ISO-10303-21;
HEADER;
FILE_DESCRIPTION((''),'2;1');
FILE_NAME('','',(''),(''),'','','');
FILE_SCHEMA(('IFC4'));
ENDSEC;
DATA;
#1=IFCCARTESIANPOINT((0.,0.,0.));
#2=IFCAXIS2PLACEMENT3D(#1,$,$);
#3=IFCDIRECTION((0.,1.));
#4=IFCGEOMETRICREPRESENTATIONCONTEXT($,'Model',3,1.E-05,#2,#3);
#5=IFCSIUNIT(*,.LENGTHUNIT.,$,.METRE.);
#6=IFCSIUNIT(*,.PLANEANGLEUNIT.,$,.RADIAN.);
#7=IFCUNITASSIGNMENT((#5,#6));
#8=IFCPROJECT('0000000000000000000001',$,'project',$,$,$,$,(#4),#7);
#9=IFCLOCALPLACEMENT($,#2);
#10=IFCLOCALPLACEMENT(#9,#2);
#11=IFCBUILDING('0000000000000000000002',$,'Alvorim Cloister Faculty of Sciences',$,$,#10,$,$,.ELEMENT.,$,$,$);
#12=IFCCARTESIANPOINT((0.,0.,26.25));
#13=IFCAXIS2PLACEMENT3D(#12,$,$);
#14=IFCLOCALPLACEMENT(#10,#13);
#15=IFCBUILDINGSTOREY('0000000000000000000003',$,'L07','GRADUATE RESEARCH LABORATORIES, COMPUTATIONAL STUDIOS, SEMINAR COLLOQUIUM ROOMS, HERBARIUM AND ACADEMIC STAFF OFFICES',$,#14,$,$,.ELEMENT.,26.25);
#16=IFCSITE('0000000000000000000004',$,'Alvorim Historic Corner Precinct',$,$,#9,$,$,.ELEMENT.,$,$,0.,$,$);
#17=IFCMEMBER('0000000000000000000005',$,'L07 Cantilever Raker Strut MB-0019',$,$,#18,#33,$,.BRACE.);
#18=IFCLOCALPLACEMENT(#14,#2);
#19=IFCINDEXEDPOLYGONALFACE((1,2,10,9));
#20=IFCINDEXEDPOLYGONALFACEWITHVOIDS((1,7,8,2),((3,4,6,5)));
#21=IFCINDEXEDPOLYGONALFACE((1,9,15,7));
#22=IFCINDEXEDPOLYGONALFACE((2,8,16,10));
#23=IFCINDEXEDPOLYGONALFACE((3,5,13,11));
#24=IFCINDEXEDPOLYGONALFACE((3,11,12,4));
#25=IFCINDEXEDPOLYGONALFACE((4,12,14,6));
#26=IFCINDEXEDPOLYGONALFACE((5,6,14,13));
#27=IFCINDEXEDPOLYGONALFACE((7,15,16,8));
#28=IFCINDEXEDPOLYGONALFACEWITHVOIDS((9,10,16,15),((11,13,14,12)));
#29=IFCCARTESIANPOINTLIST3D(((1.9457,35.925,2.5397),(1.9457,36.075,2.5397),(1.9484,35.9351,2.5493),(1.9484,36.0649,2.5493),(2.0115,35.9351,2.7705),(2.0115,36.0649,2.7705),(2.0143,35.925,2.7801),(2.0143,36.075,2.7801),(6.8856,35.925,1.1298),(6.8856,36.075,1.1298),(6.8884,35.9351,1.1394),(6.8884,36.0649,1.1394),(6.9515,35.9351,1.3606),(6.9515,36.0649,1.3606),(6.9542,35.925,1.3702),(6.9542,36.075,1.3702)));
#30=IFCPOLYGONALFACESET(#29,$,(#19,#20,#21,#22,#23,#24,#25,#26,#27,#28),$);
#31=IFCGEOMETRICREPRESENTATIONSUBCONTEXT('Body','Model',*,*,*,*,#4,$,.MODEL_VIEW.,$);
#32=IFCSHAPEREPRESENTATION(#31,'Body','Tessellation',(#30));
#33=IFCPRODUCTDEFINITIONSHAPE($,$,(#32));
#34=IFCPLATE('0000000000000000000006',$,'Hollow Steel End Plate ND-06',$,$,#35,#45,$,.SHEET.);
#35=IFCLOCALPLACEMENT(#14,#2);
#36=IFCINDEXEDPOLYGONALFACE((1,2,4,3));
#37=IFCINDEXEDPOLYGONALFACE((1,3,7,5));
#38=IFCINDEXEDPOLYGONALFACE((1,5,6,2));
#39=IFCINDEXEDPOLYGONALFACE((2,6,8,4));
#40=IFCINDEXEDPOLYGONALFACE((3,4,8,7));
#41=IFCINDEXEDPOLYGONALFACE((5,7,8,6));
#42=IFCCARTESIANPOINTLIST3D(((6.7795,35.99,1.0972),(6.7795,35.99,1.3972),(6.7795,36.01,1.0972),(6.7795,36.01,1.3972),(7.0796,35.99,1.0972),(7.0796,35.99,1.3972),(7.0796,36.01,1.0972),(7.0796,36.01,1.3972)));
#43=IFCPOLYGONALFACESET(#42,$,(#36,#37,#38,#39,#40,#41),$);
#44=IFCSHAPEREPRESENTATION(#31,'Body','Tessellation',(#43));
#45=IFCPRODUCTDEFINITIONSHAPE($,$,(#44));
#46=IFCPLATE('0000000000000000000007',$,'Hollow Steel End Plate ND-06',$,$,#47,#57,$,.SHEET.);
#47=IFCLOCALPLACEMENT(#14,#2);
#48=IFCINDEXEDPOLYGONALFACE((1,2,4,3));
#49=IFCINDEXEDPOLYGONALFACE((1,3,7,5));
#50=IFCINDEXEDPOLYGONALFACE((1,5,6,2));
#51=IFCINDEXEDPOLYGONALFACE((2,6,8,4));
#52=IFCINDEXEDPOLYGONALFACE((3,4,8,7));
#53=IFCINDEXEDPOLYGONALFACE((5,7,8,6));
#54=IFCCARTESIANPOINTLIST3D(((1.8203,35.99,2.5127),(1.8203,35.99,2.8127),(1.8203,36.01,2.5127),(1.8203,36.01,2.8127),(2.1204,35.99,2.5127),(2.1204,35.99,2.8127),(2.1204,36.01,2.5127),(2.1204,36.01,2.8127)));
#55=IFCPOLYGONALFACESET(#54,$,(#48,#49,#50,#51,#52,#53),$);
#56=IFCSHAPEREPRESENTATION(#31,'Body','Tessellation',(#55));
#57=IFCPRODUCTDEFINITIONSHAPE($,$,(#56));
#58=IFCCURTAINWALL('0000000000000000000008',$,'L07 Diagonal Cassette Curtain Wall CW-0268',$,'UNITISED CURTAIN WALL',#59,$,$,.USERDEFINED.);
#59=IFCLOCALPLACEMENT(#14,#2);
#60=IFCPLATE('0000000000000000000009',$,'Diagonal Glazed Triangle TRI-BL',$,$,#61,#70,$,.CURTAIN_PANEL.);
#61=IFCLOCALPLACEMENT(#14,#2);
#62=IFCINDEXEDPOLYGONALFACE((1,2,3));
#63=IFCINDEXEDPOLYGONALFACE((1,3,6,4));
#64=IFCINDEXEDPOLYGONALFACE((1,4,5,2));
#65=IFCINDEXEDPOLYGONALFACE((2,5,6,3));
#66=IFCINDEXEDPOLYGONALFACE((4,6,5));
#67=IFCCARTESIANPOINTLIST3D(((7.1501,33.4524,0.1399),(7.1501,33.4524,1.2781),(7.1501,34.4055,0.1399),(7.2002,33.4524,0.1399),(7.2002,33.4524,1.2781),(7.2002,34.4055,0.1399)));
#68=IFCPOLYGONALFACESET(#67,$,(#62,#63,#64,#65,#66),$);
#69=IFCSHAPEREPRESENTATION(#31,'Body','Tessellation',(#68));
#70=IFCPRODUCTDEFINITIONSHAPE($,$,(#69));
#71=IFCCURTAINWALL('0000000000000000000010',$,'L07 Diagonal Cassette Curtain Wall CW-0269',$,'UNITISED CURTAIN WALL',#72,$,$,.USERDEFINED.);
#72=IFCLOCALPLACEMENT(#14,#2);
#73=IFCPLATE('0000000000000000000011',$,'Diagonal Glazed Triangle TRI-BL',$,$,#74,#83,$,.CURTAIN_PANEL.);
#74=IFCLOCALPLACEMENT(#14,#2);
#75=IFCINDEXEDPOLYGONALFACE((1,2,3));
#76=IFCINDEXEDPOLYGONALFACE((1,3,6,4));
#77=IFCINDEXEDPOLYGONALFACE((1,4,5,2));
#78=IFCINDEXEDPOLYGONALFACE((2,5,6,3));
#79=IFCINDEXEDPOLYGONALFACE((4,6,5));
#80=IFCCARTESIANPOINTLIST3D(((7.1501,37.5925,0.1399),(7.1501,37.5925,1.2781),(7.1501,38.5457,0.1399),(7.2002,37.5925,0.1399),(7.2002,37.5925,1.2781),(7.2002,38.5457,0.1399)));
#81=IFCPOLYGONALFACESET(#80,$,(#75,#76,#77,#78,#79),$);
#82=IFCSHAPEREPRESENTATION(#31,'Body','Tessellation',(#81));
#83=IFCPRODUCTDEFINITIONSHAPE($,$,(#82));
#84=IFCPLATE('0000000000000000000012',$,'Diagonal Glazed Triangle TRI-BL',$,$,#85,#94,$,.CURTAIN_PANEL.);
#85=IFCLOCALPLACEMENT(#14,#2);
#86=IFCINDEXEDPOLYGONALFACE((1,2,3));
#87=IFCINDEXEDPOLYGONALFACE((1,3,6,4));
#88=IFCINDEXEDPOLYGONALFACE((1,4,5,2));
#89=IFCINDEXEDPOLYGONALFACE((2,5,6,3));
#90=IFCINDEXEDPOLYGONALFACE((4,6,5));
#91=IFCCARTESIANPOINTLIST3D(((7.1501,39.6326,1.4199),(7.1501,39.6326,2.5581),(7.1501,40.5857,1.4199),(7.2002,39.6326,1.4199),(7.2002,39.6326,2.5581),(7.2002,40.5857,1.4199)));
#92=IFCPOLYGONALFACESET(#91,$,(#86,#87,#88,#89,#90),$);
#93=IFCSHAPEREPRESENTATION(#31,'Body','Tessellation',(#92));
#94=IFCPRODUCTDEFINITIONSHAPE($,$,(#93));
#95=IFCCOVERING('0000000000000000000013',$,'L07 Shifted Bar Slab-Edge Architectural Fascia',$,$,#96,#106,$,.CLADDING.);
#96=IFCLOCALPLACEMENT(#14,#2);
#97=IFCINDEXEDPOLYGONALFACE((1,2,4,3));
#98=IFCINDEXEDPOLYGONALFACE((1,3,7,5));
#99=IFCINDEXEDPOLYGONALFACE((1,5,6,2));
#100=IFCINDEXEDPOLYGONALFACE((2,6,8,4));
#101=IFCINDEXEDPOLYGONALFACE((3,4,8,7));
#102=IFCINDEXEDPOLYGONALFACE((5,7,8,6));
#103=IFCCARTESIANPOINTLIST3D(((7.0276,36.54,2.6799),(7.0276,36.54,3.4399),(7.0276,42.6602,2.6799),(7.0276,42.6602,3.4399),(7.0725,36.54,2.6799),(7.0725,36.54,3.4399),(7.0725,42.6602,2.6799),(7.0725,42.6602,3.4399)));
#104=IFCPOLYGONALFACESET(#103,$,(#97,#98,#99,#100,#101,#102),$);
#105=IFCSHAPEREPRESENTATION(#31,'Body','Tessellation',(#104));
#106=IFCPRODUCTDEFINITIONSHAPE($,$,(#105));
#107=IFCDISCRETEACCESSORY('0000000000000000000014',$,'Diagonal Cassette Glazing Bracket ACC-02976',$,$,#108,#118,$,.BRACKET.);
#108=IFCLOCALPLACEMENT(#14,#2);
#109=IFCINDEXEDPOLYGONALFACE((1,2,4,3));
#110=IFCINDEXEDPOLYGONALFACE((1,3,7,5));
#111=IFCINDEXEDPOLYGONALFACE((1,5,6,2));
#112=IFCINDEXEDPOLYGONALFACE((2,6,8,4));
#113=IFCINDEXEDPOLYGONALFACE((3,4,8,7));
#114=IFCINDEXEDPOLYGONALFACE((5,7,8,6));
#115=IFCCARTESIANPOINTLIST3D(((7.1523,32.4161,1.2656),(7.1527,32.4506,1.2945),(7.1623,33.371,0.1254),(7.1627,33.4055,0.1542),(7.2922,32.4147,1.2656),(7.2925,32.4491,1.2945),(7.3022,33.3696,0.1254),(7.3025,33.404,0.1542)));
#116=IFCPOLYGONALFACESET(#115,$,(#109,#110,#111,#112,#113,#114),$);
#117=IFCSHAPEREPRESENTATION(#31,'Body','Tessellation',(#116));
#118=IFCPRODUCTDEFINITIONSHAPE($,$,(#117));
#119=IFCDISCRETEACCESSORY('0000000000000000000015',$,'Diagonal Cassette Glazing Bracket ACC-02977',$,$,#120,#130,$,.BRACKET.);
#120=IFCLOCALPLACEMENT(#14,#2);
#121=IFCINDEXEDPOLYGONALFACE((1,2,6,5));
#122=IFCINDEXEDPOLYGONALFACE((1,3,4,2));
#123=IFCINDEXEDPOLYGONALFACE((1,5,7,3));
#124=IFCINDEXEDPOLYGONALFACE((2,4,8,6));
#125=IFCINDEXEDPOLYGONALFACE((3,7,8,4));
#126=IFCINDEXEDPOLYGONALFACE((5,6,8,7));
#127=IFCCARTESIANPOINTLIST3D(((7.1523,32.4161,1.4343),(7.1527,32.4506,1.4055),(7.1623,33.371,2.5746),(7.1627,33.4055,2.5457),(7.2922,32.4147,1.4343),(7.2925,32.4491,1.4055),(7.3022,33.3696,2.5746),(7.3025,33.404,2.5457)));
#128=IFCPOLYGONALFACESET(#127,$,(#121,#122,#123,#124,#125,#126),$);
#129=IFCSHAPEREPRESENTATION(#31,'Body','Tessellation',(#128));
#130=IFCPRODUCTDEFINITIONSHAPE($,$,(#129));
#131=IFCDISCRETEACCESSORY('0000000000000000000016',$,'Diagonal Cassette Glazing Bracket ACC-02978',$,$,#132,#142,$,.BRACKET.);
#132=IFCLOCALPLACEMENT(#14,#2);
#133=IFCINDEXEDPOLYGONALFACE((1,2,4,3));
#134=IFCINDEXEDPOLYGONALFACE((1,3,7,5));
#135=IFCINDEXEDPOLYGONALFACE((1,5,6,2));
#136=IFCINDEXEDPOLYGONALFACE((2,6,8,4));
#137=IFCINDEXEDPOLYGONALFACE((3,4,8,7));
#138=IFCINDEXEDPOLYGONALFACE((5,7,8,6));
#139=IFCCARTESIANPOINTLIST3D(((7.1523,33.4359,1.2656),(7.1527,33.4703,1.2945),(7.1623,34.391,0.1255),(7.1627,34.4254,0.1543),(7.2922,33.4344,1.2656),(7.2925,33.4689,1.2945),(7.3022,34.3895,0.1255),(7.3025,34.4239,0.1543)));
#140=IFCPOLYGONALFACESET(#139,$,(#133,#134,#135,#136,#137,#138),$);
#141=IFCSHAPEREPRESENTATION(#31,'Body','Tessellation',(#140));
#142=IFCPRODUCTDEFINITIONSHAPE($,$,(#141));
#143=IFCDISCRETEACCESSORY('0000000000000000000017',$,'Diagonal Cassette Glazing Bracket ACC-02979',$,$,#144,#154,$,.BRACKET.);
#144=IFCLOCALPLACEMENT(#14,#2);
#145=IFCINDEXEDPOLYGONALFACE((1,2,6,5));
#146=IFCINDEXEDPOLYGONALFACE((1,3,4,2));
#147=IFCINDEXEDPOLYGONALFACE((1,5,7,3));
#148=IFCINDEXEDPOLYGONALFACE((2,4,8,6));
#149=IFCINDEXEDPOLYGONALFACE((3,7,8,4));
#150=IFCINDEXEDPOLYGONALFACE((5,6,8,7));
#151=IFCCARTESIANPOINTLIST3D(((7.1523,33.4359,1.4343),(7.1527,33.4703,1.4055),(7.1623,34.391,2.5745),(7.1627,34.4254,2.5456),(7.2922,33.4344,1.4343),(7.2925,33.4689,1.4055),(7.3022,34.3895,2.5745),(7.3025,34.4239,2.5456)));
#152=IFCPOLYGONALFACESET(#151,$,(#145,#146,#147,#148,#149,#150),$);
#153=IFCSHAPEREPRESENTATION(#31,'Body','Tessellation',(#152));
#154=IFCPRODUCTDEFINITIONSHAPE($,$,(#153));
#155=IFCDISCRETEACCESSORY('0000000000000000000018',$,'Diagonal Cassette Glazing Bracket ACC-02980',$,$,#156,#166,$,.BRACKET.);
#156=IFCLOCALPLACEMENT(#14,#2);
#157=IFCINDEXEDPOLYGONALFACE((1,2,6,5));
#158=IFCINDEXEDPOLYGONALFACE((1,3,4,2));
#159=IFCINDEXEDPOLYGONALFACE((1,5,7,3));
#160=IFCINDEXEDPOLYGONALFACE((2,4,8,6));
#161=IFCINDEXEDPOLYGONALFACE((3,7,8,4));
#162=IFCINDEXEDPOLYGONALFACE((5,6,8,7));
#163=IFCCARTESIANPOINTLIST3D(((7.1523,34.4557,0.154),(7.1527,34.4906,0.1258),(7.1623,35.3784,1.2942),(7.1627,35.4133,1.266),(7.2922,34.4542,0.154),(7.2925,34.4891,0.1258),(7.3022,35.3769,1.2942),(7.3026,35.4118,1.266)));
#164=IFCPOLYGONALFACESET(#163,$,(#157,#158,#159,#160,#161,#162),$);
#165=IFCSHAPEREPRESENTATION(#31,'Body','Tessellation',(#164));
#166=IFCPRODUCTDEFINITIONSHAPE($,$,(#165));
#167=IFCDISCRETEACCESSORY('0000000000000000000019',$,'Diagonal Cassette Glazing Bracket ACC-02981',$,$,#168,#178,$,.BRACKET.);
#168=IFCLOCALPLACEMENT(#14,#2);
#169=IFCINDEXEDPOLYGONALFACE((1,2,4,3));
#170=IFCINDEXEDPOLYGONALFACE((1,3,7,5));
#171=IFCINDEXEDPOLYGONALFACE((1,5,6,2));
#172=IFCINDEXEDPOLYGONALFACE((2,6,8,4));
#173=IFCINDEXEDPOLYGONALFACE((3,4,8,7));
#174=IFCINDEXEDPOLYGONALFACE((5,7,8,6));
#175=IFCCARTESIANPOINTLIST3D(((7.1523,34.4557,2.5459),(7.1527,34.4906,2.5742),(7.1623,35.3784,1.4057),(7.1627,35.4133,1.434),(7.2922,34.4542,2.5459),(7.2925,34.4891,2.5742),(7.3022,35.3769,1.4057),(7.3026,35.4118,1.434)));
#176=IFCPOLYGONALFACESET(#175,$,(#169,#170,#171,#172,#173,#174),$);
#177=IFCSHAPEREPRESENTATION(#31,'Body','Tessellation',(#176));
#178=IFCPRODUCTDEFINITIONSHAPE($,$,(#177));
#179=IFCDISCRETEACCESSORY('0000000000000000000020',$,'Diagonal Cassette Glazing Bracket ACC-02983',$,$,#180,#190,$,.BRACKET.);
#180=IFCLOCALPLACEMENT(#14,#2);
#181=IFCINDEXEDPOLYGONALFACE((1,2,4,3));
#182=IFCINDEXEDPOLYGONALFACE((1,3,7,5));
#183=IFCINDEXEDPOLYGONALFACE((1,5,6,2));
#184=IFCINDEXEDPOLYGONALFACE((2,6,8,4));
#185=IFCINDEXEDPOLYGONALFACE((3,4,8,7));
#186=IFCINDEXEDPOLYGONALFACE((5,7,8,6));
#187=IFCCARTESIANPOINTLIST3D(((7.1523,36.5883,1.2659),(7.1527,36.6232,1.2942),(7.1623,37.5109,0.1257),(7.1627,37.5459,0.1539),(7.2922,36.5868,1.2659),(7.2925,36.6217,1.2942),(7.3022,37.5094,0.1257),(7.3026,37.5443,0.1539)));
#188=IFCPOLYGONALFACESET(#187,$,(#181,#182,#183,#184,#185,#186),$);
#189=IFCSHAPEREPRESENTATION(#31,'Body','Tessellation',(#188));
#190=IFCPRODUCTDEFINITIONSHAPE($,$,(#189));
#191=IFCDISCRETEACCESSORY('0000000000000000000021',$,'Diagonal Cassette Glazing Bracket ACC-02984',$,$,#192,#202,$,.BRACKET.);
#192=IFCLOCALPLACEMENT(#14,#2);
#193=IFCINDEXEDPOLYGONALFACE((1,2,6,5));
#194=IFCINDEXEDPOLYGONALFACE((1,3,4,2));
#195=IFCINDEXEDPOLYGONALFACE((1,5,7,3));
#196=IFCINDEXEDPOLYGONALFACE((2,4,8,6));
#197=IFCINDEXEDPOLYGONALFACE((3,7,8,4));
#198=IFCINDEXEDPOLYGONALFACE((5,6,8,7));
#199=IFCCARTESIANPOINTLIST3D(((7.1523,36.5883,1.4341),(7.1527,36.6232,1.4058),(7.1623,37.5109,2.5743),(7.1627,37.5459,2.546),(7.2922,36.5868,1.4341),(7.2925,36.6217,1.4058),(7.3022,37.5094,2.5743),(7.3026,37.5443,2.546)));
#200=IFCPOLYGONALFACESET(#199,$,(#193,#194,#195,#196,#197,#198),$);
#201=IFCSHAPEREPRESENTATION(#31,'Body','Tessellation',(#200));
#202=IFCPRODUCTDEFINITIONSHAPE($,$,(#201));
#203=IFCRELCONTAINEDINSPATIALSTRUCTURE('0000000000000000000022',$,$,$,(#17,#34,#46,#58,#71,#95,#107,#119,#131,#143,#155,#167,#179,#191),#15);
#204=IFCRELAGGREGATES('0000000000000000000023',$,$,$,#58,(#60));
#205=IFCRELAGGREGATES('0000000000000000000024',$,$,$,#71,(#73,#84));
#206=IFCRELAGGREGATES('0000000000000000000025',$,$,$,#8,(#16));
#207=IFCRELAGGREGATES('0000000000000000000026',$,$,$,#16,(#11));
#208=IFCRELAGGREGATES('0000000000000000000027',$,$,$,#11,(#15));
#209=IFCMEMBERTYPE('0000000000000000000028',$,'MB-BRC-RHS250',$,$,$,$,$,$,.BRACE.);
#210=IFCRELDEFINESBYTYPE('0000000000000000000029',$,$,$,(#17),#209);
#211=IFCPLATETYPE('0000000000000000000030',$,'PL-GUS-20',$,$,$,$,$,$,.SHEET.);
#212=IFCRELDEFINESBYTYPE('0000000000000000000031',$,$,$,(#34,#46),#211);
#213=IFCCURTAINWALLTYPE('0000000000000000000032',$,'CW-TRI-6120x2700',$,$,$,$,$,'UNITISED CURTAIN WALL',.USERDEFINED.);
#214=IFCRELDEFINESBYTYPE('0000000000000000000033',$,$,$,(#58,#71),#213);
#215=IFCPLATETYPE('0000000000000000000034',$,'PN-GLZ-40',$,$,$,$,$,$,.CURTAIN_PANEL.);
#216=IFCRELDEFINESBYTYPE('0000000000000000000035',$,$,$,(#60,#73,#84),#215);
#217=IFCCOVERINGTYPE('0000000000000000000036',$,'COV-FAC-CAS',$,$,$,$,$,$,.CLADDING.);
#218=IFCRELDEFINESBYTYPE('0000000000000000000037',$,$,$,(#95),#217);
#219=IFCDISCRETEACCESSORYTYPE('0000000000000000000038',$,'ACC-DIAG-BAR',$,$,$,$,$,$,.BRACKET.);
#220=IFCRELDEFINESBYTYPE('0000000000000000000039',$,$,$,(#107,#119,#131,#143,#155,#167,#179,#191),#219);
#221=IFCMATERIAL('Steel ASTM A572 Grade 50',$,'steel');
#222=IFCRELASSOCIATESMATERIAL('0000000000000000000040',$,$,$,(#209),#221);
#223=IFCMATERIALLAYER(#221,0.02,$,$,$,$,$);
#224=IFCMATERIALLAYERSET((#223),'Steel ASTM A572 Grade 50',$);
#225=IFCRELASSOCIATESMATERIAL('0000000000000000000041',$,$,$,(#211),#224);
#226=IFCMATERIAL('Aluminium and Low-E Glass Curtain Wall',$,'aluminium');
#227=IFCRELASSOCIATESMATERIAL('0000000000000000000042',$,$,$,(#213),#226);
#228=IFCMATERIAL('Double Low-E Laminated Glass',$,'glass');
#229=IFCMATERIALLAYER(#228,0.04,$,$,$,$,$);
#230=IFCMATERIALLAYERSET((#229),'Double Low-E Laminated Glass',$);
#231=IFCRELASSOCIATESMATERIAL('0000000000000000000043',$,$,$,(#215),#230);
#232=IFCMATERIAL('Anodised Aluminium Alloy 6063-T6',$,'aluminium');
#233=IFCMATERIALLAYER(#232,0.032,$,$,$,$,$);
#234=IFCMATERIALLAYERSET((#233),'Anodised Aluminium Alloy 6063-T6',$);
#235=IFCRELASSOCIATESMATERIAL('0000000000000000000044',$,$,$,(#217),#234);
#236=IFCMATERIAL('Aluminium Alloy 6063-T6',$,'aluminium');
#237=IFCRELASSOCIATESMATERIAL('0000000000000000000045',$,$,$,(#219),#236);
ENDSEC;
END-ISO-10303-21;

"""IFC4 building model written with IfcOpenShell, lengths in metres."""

from ifc_helpers import new_model, si_unit, direction, frame, origin, origin_2d, place, context, subcontext, project, spatial, polyline, rectangle, hollow_rectangle, outline, extrude, material, layer, layer_set, material_profile, profile_set, type_object, element, aggregate, save


model = new_model("IFC4")

# Units and contexts
model_context = context("Model", 3, precision=1e-05, world=origin(), true_north=direction((0.0, 1.0)))
body_context = subcontext(model_context, "Body", "Model", "MODEL_VIEW")
ifc_project = project(units=[si_unit("LENGTHUNIT", "METRE"), si_unit("PLANEANGLEUNIT", "RADIAN")], contexts=[model_context])

# Site, building, storey
site_placement = place(None, origin())
site = spatial("IfcSite", under=ifc_project, at=site_placement, Name="Alvorim Historic Corner Precinct", CompositionType="ELEMENT", RefElevation=0.0)
building_placement = place(site_placement, origin())
building = spatial("IfcBuilding", under=site, at=building_placement, Name="Alvorim Cloister Faculty of Sciences", CompositionType="ELEMENT")
storey_placement = place(building_placement, frame((0.0, 0.0, 26.25)))
storey = spatial("IfcBuildingStorey", under=building, at=storey_placement, Name="L07", Description="GRADUATE RESEARCH LABORATORIES, COMPUTATIONAL STUDIOS, SEMINAR COLLOQUIUM ROOMS, HERBARIUM AND ACADEMIC STAFF OFFICES", CompositionType="ELEMENT", Elevation=26.25)

# Shared definitions
ifc_material_1 = material(Name="Steel ASTM A572 Grade 50", Category="steel")

# Member
ifc_material_profile_1 = material_profile(ifc_material_1, hollow_rectangle(XDim=0.1499, YDim=0.25, WallThickness=0.01, at=origin_2d()), Name="RHS250x150x10")
ifc_profile_set_1 = profile_set([ifc_material_profile_1], Name="Steel ASTM A572 Grade 50")
member_type = type_object("IfcMemberType", Name="MB-BRC-RHS250", PredefinedType="BRACE", material=ifc_profile_set_1)
member_placement = place(storey_placement, frame((6.9199, 36.0, 1.25), z_axis=(-0.961601, 0.0, 0.274451), x_axis=(0.0, -1.0, 0.0)))
element("IfcMember", 1, at=member_placement, inside=storey, type_object=member_type, Name="L07 Cantilever Raker Strut MB-0019", PredefinedType="BRACE", context=body_context, shape_type="SweptSolid", body=[
    extrude(hollow_rectangle(XDim=0.1499, YDim=0.25, WallThickness=0.01, at=origin_2d()), origin(), (0.0, 0.0, 1.0), 5.1372),
])

# Plates
ifc_layer_1 = layer(ifc_material_1, 0.02)
ifc_layer_set_1 = layer_set([ifc_layer_1], Name="Steel ASTM A572 Grade 50")
plate_type_1 = type_object("IfcPlateType", Name="PL-GUS-20", PredefinedType="SHEET", material=ifc_layer_set_1)
for number, where, z_axis, x_axis, name in (
    (2, (7.0796, 36.0, 1.0972), (0.0, 0.0, 1.0), (-1.0, 0.0, 0.0), "Hollow Steel End Plate ND-06"),
    (3, (2.1204, 36.0, 2.5127), (0.0, 0.0, 1.0), (-1.0, 0.0, 0.0), "Hollow Steel End Plate ND-06"),
):
    element("IfcPlate", number, at=place(storey_placement, frame(where, z_axis=z_axis, x_axis=x_axis)), inside=storey, type_object=plate_type_1, Name=name, PredefinedType="SHEET", context=body_context, shape_type="SweptSolid", body=[
        extrude(outline(polyline([(0.0, 0.0), (0.3, 0.0), (0.3, 0.3), (0.0, 0.3), (0.0, 0.0)])), frame((0.0, 0.01, 0.0), z_axis=(0.0, -1.0, 0.0), x_axis=(1.0, 0.0, 0.0)), (0.0, 0.0, 1.0), 0.02),
    ])

# Curtain walls, plates
ifc_material_2 = material(Name="Aluminium and Low-E Glass Curtain Wall", Category="aluminium")
curtain_wall_type = type_object("IfcCurtainWallType", Name="CW-TRI-6120x2700", ElementType="UNITISED CURTAIN WALL", PredefinedType="USERDEFINED", material=ifc_material_2)
curtain_wall_1_placement = place(storey_placement, origin())
curtain_wall_1 = element("IfcCurtainWall", 4, at=curtain_wall_1_placement, inside=storey, type_object=curtain_wall_type, Name="L07 Diagonal Cassette Curtain Wall CW-0268", ObjectType="UNITISED CURTAIN WALL", PredefinedType="USERDEFINED")
ifc_material_3 = material(Name="Double Low-E Laminated Glass", Category="glass")
ifc_layer_2 = layer(ifc_material_3, 0.04)
ifc_layer_set_2 = layer_set([ifc_layer_2], Name="Double Low-E Laminated Glass")
plate_type_2 = type_object("IfcPlateType", Name="PN-GLZ-40", PredefinedType="CURTAIN_PANEL", material=ifc_layer_set_2)
plate_1_placement = place(storey_placement, frame((7.175, 33.4524, 0.1399), z_axis=(0.0, 0.0, 1.0), x_axis=(0.0, 1.0, 0.0)))
plate_1 = element("IfcPlate", 5, at=plate_1_placement, type_object=plate_type_2, Name="Diagonal Glazed Triangle TRI-BL", PredefinedType="CURTAIN_PANEL", context=body_context, shape_type="SweptSolid", body=[
    extrude(outline(polyline([(0.0, 0.0), (0.9531, 0.0), (0.0, 1.1382), (0.0, 0.0)])), frame((0.0, 0.0249, 0.0), z_axis=(0.0, -1.0, 0.0), x_axis=(1.0, 0.0, 0.0)), (0.0, 0.0, 1.0), 0.05),
])
aggregate(curtain_wall_1, [plate_1])
curtain_wall_2_placement = place(storey_placement, origin())
curtain_wall_2 = element("IfcCurtainWall", 6, at=curtain_wall_2_placement, inside=storey, type_object=curtain_wall_type, Name="L07 Diagonal Cassette Curtain Wall CW-0269", ObjectType="UNITISED CURTAIN WALL", PredefinedType="USERDEFINED")
plate_2_placement = place(storey_placement, frame((7.175, 37.5925, 0.1399), z_axis=(0.0, 0.0, 1.0), x_axis=(0.0, 1.0, 0.0)))
plate_2 = element("IfcPlate", 7, at=plate_2_placement, type_object=plate_type_2, Name="Diagonal Glazed Triangle TRI-BL", PredefinedType="CURTAIN_PANEL", context=body_context, shape_type="SweptSolid", body=[
    extrude(outline(polyline([(0.0, 0.0), (0.9531, 0.0), (0.0, 1.1382), (0.0, 0.0)])), frame((0.0, 0.0249, 0.0), z_axis=(0.0, -1.0, 0.0), x_axis=(1.0, 0.0, 0.0)), (0.0, 0.0, 1.0), 0.05),
])
plate_3_placement = place(storey_placement, frame((7.175, 39.6326, 1.4199), z_axis=(0.0, 0.0, 1.0), x_axis=(0.0, 1.0, 0.0)))
plate_3 = element("IfcPlate", 8, at=plate_3_placement, type_object=plate_type_2, Name="Diagonal Glazed Triangle TRI-BL", PredefinedType="CURTAIN_PANEL", context=body_context, shape_type="SweptSolid", body=[
    extrude(outline(polyline([(0.0, 0.0), (0.9531, 0.0), (0.0, 1.1382), (0.0, 0.0)])), frame((0.0, 0.0249, 0.0), z_axis=(0.0, -1.0, 0.0), x_axis=(1.0, 0.0, 0.0)), (0.0, 0.0, 1.0), 0.05),
])
aggregate(curtain_wall_2, [plate_2, plate_3])

# Covering
ifc_material_4 = material(Name="Anodised Aluminium Alloy 6063-T6", Category="aluminium")
ifc_layer_3 = layer(ifc_material_4, 0.032)
ifc_layer_set_3 = layer_set([ifc_layer_3], Name="Anodised Aluminium Alloy 6063-T6")
covering_type = type_object("IfcCoveringType", Name="COV-FAC-CAS", PredefinedType="CLADDING", material=ifc_layer_set_3)
covering_placement = place(storey_placement, frame((7.05, 36.54, 2.6799), z_axis=(0.0, 0.0, 1.0), x_axis=(0.0, 1.0, 0.0)))
element("IfcCovering", 9, at=covering_placement, inside=storey, type_object=covering_type, Name="L07 Shifted Bar Slab-Edge Architectural Fascia", PredefinedType="CLADDING", context=body_context, shape_type="SweptSolid", body=[
    extrude(outline(polyline([(0.0, 0.0), (6.1201, 0.0), (6.1201, 0.76), (0.0, 0.76), (0.0, 0.0)])), frame((0.0, 0.0225, 0.0), z_axis=(0.0, -1.0, 0.0), x_axis=(1.0, 0.0, 0.0)), (0.0, 0.0, 1.0), 0.0449),
])

# Discrete accessories
ifc_material_5 = material(Name="Aluminium Alloy 6063-T6", Category="aluminium")
discrete_accessory_type = type_object("IfcDiscreteAccessoryType", Name="ACC-DIAG-BAR", PredefinedType="BRACKET", material=ifc_material_5)
for number, where, z_axis, x_axis, name in (
    (10, (7.2224, 32.4326, 1.28), (0.006731, 0.642041, -0.766641), (-0.999945, 0.010483, 0.0), "Diagonal Cassette Glazing Bracket ACC-02976"),
    (11, (7.2224, 32.4326, 1.4199), (0.006731, 0.642041, 0.766641), (-0.999945, 0.010483, 0.0), "Diagonal Cassette Glazing Bracket ACC-02977"),
    (12, (7.2224, 33.4524, 1.28), (0.00673, 0.642138, -0.76656), (-0.999945, 0.01048, 0.0), "Diagonal Cassette Glazing Bracket ACC-02978"),
    (13, (7.2224, 33.4524, 1.4199), (0.00673, 0.642138, 0.76656), (-0.999945, 0.01048, 0.0), "Diagonal Cassette Glazing Bracket ACC-02979"),
):
    element("IfcDiscreteAccessory", number, at=place(storey_placement, frame(where, z_axis=z_axis, x_axis=x_axis)), inside=storey, type_object=discrete_accessory_type, Name=name, PredefinedType="BRACKET", context=body_context, shape_type="SweptSolid", body=[
        extrude(rectangle(XDim=0.1399, YDim=0.0449, at=origin_2d()), origin(), (0.0, 0.0, 1.0), 1.4873),
    ])
for number, where, z_axis, x_axis, name in (
    (14, (7.2224, 34.4724, 0.1399), (0.006825, 0.629035, 0.777347), (-0.999941, 0.010849, 0.0), "Diagonal Cassette Glazing Bracket ACC-02980"),
    (15, (7.2224, 34.4724, 2.5601), (0.006825, 0.629035, -0.777347), (-0.999941, 0.010849, 0.0), "Diagonal Cassette Glazing Bracket ACC-02981"),
    (16, (7.2224, 36.605, 1.28), (0.006825, 0.629035, -0.777347), (-0.999941, 0.010849, 0.0), "Diagonal Cassette Glazing Bracket ACC-02983"),
    (17, (7.2224, 36.605, 1.4199), (0.006825, 0.629035, 0.777347), (-0.999941, 0.010849, 0.0), "Diagonal Cassette Glazing Bracket ACC-02984"),
):
    element("IfcDiscreteAccessory", number, at=place(storey_placement, frame(where, z_axis=z_axis, x_axis=x_axis)), inside=storey, type_object=discrete_accessory_type, Name=name, PredefinedType="BRACKET", context=body_context, shape_type="SweptSolid", body=[
        extrude(rectangle(XDim=0.1399, YDim=0.0449, at=origin_2d()), origin(), (0.0, 0.0, 1.0), 1.4668),
    ])

save(model, "model.ifc")
